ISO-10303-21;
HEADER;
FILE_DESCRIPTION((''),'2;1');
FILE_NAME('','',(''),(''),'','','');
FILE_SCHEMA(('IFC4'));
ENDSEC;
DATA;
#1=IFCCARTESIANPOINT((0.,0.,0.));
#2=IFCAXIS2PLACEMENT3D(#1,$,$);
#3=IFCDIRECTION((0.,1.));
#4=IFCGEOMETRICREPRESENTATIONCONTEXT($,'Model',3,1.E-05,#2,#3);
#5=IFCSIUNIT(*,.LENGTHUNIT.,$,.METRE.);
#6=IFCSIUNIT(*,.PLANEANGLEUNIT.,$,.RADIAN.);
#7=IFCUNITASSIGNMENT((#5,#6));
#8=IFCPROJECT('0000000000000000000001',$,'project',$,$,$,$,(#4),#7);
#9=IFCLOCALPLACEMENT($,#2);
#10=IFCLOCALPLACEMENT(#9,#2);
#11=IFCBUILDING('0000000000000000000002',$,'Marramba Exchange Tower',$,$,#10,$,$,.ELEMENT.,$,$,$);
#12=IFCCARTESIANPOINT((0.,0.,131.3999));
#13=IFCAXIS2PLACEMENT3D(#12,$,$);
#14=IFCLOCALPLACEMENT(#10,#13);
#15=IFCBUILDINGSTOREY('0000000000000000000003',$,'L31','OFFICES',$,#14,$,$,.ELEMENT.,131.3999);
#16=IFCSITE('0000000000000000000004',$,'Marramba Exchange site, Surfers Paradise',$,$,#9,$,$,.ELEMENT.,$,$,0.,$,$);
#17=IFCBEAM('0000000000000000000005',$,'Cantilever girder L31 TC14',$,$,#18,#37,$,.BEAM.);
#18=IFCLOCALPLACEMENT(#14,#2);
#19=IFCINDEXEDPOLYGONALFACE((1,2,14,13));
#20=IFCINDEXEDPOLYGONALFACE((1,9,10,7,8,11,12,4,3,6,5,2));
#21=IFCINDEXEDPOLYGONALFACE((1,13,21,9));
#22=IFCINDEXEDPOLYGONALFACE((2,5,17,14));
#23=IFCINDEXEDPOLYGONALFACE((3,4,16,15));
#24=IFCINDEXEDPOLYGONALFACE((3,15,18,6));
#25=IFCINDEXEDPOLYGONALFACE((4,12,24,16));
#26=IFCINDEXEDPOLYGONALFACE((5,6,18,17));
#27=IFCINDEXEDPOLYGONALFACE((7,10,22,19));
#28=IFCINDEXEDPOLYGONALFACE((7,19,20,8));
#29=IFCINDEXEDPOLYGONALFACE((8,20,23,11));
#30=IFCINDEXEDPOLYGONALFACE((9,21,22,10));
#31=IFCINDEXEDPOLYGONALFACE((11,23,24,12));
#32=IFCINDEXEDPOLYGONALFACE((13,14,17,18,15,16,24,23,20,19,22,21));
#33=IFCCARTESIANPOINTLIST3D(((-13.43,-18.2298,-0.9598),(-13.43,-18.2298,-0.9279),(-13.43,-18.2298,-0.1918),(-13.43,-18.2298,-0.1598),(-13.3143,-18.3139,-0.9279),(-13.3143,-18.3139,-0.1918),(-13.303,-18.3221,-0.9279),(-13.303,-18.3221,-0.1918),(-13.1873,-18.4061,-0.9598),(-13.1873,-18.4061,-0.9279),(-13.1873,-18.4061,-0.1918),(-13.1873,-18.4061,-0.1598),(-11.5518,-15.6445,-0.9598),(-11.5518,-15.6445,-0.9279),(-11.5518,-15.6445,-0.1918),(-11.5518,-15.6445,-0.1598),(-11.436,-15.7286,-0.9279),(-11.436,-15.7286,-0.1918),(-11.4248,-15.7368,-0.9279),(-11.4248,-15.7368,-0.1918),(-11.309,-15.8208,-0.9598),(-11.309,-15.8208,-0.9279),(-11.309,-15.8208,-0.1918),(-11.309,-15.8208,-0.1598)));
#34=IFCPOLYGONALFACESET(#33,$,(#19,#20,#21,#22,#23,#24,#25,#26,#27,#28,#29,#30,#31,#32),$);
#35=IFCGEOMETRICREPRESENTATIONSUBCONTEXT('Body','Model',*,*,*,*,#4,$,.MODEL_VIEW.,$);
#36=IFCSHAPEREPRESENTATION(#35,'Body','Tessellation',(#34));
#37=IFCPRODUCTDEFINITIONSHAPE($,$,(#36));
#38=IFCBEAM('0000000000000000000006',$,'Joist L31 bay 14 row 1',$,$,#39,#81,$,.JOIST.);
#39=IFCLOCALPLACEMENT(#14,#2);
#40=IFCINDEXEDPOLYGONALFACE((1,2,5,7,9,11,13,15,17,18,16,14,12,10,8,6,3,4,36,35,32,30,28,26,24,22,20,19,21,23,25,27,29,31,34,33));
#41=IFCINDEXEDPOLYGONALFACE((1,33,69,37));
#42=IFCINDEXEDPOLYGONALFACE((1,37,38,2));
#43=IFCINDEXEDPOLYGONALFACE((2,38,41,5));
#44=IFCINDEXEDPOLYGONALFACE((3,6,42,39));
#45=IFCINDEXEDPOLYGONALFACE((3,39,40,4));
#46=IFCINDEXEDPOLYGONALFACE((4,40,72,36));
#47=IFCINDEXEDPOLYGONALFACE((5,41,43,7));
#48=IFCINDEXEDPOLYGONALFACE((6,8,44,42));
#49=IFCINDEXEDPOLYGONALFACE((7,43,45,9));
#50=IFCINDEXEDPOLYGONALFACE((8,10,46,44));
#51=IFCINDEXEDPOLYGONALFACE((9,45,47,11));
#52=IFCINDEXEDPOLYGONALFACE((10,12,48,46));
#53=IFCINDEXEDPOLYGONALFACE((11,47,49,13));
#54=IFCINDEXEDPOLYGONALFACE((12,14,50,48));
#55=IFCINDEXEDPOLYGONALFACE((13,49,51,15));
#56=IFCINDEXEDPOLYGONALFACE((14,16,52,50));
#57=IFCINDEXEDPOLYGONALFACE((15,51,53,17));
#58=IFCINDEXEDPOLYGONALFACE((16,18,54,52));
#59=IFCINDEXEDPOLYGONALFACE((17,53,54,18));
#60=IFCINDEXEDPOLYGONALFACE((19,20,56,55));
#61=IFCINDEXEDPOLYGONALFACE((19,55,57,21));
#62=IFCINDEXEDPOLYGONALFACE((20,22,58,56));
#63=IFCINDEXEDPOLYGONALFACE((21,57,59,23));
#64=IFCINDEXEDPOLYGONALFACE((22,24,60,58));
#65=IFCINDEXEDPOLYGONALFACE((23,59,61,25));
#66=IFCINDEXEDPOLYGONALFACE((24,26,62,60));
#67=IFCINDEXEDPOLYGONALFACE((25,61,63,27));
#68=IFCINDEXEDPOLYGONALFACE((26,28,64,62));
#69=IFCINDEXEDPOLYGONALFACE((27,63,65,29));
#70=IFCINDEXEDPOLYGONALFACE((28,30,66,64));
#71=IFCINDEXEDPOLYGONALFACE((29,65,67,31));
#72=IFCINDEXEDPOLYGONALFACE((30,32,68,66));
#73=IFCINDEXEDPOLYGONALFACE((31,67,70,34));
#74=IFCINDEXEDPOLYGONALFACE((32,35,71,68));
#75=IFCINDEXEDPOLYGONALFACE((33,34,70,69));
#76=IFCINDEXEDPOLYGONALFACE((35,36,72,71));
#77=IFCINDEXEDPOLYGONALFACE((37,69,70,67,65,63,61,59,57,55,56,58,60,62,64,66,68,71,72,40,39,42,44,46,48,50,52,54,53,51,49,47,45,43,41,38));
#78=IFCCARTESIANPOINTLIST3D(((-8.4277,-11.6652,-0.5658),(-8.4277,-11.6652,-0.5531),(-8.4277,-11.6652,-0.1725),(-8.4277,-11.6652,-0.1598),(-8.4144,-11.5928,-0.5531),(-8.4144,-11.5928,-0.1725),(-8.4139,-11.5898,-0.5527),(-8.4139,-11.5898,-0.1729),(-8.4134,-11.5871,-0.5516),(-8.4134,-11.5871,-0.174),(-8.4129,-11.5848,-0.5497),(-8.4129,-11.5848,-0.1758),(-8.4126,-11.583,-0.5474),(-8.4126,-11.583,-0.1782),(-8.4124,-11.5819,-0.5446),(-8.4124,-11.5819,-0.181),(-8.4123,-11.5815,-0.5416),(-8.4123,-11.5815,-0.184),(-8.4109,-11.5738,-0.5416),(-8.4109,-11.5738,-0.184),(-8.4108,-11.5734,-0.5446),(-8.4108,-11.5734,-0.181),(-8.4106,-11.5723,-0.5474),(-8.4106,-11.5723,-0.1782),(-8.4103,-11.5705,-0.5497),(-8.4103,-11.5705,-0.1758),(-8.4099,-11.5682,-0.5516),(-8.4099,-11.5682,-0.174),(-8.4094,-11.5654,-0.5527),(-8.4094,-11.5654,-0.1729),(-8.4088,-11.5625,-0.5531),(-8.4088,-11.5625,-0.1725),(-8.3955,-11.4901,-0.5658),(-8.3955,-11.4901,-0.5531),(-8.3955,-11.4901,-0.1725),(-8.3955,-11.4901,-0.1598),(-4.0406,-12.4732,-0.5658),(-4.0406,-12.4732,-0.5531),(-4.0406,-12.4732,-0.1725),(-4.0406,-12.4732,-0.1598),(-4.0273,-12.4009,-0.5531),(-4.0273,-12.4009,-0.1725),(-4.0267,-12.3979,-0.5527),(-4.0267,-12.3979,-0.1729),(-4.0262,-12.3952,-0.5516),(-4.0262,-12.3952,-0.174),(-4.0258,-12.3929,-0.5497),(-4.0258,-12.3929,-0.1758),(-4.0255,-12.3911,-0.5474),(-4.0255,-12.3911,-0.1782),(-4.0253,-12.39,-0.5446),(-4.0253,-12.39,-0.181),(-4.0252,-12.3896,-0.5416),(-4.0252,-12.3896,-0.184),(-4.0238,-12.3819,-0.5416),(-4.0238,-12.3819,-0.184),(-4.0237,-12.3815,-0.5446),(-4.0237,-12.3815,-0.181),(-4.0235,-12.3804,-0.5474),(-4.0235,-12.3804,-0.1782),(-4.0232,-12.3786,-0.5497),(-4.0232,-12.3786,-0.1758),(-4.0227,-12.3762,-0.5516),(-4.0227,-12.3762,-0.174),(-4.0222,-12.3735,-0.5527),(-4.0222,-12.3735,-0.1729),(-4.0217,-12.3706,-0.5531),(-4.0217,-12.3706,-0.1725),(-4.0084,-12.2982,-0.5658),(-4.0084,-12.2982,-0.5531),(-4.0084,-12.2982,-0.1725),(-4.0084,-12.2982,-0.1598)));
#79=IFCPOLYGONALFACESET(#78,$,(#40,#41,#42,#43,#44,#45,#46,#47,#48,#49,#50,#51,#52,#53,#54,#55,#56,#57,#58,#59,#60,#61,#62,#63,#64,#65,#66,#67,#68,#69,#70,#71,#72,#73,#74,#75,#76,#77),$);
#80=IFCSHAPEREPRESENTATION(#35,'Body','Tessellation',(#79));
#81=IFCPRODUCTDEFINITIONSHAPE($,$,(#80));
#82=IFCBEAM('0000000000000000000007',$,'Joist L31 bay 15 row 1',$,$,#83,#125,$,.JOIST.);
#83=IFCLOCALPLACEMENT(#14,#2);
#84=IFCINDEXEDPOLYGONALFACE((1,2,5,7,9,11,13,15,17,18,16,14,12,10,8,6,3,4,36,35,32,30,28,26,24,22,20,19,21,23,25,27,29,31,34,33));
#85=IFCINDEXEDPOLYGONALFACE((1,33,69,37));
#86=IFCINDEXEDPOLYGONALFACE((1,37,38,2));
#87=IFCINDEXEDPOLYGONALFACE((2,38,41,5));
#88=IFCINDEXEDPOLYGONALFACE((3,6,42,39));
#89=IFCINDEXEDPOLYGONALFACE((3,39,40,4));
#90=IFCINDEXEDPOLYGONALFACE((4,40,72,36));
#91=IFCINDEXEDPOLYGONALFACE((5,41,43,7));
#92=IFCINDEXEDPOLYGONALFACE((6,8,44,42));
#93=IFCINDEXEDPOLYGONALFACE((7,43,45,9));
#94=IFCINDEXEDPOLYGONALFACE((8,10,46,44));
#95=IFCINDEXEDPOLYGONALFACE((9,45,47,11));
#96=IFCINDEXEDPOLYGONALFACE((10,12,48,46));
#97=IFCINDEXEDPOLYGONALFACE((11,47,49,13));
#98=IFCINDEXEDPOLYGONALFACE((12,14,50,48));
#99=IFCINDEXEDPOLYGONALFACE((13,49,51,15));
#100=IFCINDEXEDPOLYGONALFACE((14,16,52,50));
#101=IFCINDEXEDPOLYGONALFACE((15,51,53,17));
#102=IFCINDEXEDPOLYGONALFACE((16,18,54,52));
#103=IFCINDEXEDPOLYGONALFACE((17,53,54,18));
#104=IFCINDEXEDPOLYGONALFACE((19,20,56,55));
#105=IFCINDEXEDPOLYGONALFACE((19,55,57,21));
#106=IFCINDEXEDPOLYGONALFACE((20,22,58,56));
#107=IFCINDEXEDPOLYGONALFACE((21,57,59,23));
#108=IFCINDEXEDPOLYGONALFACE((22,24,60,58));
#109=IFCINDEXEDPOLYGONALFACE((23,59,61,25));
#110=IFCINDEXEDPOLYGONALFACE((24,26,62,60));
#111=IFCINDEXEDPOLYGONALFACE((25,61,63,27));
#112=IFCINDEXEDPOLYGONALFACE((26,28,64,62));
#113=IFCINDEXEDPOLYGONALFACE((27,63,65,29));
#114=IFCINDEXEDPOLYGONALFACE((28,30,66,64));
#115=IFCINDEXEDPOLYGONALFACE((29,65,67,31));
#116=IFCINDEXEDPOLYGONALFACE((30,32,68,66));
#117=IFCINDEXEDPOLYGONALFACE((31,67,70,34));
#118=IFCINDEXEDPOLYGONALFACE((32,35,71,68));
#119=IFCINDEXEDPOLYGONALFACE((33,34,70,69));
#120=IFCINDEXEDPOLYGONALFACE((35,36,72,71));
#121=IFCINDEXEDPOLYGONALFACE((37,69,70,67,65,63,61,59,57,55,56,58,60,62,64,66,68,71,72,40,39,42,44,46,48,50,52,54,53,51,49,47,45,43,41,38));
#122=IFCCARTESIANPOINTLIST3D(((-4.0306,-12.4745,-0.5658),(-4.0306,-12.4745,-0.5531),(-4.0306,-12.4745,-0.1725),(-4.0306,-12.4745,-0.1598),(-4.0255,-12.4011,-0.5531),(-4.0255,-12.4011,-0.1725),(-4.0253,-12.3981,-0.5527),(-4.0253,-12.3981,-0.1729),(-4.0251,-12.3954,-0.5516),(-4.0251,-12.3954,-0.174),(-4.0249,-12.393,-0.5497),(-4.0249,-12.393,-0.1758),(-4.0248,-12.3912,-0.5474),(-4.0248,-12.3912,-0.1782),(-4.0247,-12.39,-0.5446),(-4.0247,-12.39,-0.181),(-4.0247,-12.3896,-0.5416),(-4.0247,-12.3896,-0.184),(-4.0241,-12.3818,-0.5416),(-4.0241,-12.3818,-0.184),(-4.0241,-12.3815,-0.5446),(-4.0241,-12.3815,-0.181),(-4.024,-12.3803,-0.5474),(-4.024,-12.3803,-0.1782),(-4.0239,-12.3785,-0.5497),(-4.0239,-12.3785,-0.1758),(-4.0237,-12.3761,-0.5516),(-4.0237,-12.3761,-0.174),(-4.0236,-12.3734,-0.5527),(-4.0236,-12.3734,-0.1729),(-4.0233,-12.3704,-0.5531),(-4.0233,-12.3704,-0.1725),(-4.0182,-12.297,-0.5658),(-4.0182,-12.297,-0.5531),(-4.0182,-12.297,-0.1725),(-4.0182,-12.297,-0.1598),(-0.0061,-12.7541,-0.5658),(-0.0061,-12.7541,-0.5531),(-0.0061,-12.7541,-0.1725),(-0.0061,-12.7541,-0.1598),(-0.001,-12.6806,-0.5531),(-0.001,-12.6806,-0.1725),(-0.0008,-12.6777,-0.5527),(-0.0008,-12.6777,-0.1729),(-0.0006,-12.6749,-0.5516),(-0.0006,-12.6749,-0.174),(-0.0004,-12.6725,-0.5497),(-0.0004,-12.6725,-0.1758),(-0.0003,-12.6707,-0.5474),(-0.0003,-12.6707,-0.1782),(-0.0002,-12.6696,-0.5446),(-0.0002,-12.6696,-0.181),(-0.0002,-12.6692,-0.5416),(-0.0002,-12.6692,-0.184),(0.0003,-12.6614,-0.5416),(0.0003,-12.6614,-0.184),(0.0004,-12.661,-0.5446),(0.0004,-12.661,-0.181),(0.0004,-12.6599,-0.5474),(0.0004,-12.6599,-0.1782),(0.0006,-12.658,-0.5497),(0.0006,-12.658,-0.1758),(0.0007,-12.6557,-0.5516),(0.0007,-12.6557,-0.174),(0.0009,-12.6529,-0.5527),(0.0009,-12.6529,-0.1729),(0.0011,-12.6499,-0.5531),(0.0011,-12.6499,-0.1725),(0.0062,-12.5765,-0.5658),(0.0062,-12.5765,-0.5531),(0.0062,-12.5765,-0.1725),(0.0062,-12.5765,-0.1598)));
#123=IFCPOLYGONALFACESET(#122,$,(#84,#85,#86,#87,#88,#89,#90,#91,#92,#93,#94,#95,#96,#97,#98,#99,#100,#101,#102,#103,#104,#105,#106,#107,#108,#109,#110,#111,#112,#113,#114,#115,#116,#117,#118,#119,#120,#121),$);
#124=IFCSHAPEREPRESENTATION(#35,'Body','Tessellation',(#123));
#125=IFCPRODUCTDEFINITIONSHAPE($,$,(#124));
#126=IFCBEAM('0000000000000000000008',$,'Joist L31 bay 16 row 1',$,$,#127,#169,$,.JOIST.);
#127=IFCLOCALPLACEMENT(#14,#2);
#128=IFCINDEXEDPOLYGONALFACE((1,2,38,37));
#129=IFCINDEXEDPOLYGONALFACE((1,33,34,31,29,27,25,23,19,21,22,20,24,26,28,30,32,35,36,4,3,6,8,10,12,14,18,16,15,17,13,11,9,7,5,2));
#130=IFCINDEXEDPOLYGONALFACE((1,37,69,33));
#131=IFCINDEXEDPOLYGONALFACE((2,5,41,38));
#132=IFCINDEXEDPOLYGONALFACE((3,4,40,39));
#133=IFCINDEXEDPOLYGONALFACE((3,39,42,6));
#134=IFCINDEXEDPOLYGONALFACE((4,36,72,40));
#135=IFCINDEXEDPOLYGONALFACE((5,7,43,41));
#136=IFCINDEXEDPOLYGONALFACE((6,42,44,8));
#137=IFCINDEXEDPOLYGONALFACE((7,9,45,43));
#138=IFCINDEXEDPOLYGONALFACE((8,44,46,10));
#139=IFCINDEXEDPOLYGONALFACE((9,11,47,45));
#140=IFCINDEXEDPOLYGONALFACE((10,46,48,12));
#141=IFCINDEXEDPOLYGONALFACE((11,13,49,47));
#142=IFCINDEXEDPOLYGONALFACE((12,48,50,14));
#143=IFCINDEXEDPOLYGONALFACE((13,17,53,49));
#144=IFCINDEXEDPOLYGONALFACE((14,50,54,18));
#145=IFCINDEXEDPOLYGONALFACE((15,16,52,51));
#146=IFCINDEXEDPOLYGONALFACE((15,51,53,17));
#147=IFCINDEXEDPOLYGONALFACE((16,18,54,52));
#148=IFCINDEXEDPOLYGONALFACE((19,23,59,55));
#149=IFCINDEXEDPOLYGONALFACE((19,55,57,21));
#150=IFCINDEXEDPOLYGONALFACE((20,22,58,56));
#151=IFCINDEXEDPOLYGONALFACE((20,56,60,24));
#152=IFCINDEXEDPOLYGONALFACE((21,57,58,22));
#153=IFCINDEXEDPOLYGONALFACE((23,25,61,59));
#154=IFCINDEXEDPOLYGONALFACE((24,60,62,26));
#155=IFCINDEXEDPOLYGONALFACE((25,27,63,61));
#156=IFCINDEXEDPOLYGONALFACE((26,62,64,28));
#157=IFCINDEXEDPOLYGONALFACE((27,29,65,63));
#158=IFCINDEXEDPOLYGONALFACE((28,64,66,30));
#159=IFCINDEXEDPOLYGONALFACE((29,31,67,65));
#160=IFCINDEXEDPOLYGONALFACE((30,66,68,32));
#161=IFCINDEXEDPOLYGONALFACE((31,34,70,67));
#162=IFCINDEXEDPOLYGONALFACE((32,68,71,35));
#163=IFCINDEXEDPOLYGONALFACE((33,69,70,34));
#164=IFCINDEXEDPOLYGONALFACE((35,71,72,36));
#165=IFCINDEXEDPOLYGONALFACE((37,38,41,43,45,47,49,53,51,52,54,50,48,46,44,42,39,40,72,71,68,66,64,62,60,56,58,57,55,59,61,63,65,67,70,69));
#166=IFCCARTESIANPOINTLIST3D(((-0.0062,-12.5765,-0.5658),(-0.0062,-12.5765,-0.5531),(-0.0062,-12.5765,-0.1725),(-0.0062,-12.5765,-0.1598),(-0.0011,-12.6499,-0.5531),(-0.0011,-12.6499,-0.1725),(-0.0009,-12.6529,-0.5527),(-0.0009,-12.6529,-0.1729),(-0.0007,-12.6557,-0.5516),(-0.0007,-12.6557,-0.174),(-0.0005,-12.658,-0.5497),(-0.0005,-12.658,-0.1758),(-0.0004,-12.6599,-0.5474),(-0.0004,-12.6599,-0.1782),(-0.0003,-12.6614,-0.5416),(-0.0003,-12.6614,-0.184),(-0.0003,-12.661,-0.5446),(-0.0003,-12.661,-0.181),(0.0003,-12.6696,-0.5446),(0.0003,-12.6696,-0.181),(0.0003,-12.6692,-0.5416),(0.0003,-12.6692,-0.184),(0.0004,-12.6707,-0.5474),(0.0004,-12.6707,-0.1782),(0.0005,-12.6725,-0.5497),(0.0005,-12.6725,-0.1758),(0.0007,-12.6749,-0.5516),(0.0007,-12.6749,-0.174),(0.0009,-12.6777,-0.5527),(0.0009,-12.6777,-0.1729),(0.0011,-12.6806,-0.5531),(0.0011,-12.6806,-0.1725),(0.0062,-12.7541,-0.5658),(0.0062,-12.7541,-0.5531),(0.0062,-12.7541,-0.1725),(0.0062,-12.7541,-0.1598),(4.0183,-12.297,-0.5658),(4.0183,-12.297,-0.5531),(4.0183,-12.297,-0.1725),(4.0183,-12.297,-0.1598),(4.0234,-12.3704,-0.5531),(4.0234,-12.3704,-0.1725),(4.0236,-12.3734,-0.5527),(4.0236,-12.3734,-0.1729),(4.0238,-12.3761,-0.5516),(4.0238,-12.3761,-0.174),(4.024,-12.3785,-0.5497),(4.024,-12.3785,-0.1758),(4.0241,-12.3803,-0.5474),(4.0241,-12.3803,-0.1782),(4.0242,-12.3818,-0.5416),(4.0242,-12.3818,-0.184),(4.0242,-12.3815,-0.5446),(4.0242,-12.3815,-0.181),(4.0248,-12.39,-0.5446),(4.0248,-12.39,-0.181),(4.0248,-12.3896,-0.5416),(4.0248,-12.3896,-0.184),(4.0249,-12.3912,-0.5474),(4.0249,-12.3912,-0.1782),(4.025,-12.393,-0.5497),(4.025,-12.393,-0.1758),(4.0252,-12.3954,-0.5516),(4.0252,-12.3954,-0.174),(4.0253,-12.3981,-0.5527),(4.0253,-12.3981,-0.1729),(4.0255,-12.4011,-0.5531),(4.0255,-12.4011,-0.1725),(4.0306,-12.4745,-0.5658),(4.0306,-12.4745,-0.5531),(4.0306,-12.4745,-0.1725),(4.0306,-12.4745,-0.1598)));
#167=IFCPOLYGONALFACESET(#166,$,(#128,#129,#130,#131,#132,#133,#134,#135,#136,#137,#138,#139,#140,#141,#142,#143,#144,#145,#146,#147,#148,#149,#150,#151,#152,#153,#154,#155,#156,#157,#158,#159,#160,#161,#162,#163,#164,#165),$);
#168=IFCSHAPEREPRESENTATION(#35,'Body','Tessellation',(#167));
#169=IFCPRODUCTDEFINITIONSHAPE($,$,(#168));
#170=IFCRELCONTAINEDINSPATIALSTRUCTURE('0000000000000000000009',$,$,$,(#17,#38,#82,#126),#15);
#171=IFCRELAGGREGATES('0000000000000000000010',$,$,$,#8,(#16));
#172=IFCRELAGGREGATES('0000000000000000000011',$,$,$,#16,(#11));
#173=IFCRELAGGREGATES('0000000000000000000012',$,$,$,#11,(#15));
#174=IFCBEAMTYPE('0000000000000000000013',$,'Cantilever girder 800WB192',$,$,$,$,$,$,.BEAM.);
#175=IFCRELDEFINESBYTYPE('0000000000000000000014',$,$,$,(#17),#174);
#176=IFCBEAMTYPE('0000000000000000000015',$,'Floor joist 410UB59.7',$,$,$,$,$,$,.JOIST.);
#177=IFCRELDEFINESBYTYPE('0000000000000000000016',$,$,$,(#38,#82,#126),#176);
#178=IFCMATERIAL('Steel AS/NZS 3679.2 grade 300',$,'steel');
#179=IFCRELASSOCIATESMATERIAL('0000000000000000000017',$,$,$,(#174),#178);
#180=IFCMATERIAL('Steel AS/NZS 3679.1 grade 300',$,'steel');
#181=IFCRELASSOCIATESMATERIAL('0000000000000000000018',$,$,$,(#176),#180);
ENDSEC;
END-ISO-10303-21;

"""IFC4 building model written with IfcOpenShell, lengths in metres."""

from ifc_helpers import new_model, si_unit, direction, frame, origin, origin_2d, place, context, subcontext, project, spatial, i_section, extrude, material, material_profile, profile_set, type_object, element, save


model = new_model("IFC4")

# Units and contexts
model_context = context("Model", 3, precision=1e-05, world=origin(), true_north=direction((0.0, 1.0)))
body_context = subcontext(model_context, "Body", "Model", "MODEL_VIEW")
ifc_project = project(units=[si_unit("LENGTHUNIT", "METRE"), si_unit("PLANEANGLEUNIT", "RADIAN")], contexts=[model_context])

# Site, building, storey
site_placement = place(None, origin())
site = spatial("IfcSite", under=ifc_project, at=site_placement, Name="Marramba Exchange site, Surfers Paradise", CompositionType="ELEMENT", RefElevation=0.0)
building_placement = place(site_placement, origin())
building = spatial("IfcBuilding", under=site, at=building_placement, Name="Marramba Exchange Tower", CompositionType="ELEMENT")
storey_placement = place(building_placement, frame((0.0, 0.0, 131.3999)))
storey = spatial("IfcBuildingStorey", under=building, at=storey_placement, Name="L31", Description="OFFICES", CompositionType="ELEMENT", Elevation=131.3999)

# Beams
ifc_material_1 = material(Name="Steel AS/NZS 3679.2 grade 300", Category="steel")
ifc_material_profile_1 = material_profile(ifc_material_1, i_section(OverallWidth=0.3, OverallDepth=0.8, WebThickness=0.0139, FlangeThickness=0.032, at=origin_2d()), Name="800WB192")
ifc_profile_set_1 = profile_set([ifc_material_profile_1], Name="Steel AS/NZS 3679.2 grade 300")
beam_type_1 = type_object("IfcBeamType", Name="Cantilever girder 800WB192", PredefinedType="BEAM", material=ifc_profile_set_1)
beam_1_placement = place(storey_placement, frame((-11.4304, -15.7327, -0.5598), z_axis=(-0.587767, -0.80903, 0.0), x_axis=(0.80903, -0.587767, 0.0)))
element("IfcBeam", 1, at=beam_1_placement, inside=storey, type_object=beam_type_1, Name="Cantilever girder L31 TC14", PredefinedType="BEAM", context=body_context, shape_type="SweptSolid", body=[
    extrude(i_section(OverallWidth=0.3, OverallDepth=0.8, WebThickness=0.0139, FlangeThickness=0.032, at=origin_2d()), origin(), (0.0, 0.0, 1.0), 3.1956),
])
ifc_material_2 = material(Name="Steel AS/NZS 3679.1 grade 300", Category="steel")
ifc_material_profile_2 = material_profile(ifc_material_2, i_section(OverallWidth=0.178, OverallDepth=0.406, WebThickness=0.0078, FlangeThickness=0.0127, FilletRadius=0.0115, at=origin_2d()), Name="410UB59.7")
ifc_profile_set_2 = profile_set([ifc_material_profile_2], Name="Steel AS/NZS 3679.1 grade 300")
beam_type_2 = type_object("IfcBeamType", Name="Floor joist 410UB59.7", PredefinedType="JOIST", material=ifc_profile_set_2)
beam_2_placement = place(storey_placement, frame((-8.4116, -11.5776, -0.3628), z_axis=(0.983456, -0.181149, 0.0), x_axis=(0.181149, 0.983456, 0.0)))
element("IfcBeam", 2, at=beam_2_placement, inside=storey, type_object=beam_type_2, Name="Joist L31 bay 14 row 1", PredefinedType="JOIST", context=body_context, shape_type="SweptSolid", body=[
    extrude(i_section(OverallWidth=0.178, OverallDepth=0.406, WebThickness=0.0078, FlangeThickness=0.0127, FilletRadius=0.0115, at=origin_2d()), origin(), (0.0, 0.0, 1.0), 4.4609),
])
for number, where, z_axis, x_axis, name in (
    (3, (-4.0244, -12.3857, -0.3628), (0.997596, -0.069294, 0.0), (0.069294, 0.997596, 0.0), "Joist L31 bay 15 row 1"),
    (4, (0.0, -12.6653, -0.3628), (0.997596, 0.069294, 0.0), (-0.069294, 0.997596, 0.0), "Joist L31 bay 16 row 1"),
):
    element("IfcBeam", number, at=place(storey_placement, frame(where, z_axis=z_axis, x_axis=x_axis)), inside=storey, type_object=beam_type_2, Name=name, PredefinedType="JOIST", context=body_context, shape_type="SweptSolid", body=[
        extrude(i_section(OverallWidth=0.178, OverallDepth=0.406, WebThickness=0.0078, FlangeThickness=0.0127, FilletRadius=0.0115, at=origin_2d()), origin(), (0.0, 0.0, 1.0), 4.0342),
    ])

save(model, "model.ifc")
